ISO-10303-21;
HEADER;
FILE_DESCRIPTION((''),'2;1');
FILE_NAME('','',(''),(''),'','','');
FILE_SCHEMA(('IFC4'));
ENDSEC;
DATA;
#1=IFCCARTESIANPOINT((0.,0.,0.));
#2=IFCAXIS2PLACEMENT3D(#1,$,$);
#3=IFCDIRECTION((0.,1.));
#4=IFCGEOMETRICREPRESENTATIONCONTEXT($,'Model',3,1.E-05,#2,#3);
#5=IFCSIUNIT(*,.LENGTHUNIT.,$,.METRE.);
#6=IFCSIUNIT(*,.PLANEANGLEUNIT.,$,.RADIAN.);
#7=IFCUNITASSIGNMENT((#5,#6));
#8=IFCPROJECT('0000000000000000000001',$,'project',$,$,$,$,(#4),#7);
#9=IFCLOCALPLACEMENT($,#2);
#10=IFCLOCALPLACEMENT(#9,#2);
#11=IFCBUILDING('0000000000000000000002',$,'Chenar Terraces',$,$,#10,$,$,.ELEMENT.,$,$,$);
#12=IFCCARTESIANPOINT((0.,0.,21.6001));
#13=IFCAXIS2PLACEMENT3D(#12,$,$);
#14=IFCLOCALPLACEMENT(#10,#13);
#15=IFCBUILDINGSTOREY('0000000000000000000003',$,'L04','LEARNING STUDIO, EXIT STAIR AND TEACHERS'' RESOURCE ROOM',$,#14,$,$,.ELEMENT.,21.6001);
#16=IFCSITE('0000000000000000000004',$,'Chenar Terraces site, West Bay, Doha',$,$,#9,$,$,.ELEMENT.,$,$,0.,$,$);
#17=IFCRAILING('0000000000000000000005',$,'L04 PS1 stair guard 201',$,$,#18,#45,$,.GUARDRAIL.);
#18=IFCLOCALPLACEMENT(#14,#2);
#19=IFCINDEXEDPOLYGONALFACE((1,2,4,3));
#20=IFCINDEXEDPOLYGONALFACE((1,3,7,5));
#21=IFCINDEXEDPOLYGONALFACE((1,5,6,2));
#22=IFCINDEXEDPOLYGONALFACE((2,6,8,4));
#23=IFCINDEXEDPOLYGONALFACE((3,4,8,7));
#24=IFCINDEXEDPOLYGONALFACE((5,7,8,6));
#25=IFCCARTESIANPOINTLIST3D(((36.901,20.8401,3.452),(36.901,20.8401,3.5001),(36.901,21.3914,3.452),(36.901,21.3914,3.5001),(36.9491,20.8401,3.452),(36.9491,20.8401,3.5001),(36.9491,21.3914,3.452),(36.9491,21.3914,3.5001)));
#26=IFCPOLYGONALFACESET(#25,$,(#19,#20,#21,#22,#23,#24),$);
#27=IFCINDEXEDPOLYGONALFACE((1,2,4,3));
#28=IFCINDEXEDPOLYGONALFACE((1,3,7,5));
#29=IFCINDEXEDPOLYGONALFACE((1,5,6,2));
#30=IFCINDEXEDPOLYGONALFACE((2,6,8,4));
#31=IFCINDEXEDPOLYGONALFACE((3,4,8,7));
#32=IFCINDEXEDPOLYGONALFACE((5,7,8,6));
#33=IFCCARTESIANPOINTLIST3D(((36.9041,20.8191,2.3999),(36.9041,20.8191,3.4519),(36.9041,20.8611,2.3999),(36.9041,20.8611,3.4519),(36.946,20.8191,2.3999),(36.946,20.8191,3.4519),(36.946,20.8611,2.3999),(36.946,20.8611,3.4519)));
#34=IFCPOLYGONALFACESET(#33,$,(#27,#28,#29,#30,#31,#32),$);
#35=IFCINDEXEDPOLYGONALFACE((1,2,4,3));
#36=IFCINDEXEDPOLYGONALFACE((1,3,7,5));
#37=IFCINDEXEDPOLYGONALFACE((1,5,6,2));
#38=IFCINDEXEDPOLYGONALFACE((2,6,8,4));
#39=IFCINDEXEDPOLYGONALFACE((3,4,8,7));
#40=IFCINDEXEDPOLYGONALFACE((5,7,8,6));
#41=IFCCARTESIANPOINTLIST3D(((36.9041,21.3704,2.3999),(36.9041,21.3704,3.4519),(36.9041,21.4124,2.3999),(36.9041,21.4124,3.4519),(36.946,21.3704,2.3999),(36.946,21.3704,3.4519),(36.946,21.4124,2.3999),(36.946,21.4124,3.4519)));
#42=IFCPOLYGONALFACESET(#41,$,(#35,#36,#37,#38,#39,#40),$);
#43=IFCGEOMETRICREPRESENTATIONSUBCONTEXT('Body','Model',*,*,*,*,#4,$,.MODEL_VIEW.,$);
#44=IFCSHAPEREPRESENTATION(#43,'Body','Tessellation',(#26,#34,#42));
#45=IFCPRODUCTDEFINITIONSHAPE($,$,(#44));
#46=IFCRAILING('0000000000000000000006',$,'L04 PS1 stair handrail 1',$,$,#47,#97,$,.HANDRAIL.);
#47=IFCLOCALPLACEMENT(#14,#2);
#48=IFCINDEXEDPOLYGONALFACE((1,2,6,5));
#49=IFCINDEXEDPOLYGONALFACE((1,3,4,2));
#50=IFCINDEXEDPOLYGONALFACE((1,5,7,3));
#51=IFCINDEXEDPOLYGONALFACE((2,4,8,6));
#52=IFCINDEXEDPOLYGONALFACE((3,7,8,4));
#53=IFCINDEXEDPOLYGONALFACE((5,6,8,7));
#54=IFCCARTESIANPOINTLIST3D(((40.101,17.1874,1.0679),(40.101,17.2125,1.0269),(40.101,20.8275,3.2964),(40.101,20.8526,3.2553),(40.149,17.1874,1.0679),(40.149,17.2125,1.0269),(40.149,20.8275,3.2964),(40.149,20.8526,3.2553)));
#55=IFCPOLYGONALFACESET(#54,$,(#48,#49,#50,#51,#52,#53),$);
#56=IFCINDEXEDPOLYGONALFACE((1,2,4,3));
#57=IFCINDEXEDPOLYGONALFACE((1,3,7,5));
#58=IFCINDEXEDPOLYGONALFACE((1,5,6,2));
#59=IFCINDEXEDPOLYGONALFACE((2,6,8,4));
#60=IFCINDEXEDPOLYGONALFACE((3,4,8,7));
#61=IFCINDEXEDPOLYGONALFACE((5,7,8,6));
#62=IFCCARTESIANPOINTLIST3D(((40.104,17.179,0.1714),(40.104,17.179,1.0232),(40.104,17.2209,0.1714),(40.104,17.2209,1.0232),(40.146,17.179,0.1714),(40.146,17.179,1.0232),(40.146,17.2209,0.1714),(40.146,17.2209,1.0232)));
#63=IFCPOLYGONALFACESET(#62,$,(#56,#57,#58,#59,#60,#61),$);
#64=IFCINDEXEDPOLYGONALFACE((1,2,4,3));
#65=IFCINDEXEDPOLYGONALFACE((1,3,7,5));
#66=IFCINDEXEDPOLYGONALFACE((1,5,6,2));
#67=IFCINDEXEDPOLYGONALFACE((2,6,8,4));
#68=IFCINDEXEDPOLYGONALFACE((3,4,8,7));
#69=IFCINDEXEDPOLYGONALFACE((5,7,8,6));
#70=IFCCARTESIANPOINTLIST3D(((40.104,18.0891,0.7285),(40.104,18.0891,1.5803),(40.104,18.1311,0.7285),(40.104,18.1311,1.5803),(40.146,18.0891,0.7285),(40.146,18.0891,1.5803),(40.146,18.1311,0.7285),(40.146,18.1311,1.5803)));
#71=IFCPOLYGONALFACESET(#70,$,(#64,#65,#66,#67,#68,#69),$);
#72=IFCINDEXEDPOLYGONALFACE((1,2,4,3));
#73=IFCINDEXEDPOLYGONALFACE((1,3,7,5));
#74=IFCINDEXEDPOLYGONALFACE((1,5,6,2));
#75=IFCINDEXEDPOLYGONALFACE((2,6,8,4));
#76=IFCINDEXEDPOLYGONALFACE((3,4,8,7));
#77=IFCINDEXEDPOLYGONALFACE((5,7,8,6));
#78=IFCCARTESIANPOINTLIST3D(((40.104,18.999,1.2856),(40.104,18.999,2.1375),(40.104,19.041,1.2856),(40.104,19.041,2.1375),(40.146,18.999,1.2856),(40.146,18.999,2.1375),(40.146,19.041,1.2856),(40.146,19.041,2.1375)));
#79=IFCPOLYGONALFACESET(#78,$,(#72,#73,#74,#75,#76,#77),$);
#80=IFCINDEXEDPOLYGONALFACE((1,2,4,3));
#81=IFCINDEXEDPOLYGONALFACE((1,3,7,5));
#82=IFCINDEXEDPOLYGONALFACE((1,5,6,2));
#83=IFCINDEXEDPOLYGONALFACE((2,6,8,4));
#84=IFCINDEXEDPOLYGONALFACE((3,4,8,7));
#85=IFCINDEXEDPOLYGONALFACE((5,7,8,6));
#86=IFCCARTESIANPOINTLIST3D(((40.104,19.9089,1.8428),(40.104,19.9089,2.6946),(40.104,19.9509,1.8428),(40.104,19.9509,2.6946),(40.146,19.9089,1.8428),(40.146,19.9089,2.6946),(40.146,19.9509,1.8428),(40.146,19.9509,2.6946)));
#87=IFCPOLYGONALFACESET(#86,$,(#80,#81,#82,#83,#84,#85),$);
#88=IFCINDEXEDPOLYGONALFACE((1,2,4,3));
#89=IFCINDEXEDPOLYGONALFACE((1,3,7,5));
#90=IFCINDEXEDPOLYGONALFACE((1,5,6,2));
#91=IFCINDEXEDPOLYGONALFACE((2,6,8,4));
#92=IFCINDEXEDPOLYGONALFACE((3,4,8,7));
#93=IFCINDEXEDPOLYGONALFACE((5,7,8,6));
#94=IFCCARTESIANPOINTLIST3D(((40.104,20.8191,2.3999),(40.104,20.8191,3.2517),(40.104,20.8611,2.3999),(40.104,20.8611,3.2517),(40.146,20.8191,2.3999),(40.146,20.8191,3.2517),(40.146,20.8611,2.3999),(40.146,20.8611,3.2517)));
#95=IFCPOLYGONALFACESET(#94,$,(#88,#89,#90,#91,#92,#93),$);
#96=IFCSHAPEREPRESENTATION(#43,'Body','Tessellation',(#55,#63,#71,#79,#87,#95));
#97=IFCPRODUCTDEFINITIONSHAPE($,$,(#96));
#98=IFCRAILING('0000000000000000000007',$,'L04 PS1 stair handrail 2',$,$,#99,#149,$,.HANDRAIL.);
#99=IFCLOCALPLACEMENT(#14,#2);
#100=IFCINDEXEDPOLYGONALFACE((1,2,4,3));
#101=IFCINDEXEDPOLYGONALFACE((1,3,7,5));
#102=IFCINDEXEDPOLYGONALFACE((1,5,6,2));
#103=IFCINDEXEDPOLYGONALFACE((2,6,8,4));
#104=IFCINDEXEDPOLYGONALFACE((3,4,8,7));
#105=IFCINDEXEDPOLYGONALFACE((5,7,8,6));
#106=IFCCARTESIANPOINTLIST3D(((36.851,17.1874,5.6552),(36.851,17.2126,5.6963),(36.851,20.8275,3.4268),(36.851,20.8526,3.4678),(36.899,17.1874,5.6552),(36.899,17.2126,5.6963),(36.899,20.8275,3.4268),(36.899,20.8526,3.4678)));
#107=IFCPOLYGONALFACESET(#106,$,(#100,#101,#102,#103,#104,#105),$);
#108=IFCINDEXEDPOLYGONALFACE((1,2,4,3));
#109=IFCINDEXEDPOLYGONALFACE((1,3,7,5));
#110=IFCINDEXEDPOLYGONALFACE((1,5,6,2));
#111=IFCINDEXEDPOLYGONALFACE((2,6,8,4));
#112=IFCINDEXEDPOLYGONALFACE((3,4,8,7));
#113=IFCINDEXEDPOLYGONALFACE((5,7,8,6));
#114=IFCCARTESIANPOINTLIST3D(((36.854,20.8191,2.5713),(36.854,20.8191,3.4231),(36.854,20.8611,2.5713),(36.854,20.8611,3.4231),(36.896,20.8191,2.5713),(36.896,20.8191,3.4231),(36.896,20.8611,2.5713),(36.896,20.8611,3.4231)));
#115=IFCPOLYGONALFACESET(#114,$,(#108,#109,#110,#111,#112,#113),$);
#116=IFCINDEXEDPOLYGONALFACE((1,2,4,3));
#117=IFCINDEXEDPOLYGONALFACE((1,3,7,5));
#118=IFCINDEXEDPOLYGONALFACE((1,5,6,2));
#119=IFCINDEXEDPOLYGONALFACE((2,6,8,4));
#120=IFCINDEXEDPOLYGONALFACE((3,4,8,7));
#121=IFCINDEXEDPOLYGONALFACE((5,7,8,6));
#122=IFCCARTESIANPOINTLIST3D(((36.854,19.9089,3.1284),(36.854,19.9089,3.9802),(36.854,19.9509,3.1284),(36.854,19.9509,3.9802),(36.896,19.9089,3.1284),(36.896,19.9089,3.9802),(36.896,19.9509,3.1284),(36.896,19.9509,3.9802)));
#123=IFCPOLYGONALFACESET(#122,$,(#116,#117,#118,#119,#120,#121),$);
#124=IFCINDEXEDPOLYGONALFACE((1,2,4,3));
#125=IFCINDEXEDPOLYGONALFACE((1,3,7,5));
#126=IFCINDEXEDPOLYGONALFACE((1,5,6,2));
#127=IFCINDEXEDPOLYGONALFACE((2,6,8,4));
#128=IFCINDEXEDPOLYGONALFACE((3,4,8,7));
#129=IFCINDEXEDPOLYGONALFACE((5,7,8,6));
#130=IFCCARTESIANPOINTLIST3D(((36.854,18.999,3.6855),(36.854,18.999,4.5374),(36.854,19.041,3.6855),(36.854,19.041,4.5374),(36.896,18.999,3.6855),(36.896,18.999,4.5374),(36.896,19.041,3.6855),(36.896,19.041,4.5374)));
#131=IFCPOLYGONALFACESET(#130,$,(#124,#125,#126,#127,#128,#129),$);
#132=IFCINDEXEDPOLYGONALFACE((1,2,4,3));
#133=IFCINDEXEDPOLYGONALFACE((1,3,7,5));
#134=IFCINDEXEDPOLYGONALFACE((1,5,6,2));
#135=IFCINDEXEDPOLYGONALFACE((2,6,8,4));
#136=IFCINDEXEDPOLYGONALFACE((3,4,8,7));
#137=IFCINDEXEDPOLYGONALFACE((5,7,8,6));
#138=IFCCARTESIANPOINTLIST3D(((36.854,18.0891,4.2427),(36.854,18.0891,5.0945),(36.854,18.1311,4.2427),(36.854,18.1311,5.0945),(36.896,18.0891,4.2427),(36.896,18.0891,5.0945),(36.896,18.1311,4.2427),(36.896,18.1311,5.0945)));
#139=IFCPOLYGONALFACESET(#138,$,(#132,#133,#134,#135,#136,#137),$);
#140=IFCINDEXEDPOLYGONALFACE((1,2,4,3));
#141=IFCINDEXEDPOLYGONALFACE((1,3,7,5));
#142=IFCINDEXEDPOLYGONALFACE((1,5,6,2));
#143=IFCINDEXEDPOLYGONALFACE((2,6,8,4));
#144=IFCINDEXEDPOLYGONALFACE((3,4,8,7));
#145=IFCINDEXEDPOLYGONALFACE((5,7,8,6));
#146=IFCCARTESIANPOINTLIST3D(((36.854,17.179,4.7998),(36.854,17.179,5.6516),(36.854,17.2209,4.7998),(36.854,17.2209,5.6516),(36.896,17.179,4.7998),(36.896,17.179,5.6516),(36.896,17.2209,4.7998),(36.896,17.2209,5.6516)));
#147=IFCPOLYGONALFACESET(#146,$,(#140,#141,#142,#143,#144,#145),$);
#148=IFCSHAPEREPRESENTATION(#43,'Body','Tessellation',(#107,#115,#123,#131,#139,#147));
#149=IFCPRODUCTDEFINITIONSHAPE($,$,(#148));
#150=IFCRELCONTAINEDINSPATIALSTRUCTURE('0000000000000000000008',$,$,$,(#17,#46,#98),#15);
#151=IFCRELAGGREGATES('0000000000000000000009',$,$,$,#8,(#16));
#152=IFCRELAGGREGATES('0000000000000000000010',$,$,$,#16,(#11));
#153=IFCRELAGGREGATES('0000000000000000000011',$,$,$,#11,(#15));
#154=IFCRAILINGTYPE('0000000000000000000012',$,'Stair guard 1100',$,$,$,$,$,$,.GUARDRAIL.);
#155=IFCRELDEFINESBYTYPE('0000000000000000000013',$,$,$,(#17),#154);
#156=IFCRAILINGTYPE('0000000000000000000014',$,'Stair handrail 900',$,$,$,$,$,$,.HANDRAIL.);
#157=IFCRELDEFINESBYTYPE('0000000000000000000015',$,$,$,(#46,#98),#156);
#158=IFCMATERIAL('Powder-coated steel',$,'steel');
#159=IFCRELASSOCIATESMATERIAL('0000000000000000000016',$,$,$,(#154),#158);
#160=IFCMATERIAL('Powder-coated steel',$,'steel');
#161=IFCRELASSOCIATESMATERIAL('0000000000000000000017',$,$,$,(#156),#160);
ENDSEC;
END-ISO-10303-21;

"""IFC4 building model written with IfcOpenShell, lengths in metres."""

from ifc_helpers import new_model, si_unit, direction, frame, origin, origin_2d, place, context, subcontext, project, spatial, rectangle, extrude, material, type_object, element, save


model = new_model("IFC4")

# Units and contexts
model_context = context("Model", 3, precision=1e-05, world=origin(), true_north=direction((0.0, 1.0)))
body_context = subcontext(model_context, "Body", "Model", "MODEL_VIEW")
ifc_project = project(units=[si_unit("LENGTHUNIT", "METRE"), si_unit("PLANEANGLEUNIT", "RADIAN")], contexts=[model_context])

# Site, building, storey
site_placement = place(None, origin())
site = spatial("IfcSite", under=ifc_project, at=site_placement, Name="Chenar Terraces site, West Bay, Doha", CompositionType="ELEMENT", RefElevation=0.0)
building_placement = place(site_placement, origin())
building = spatial("IfcBuilding", under=site, at=building_placement, Name="Chenar Terraces", CompositionType="ELEMENT")
storey_placement = place(building_placement, frame((0.0, 0.0, 21.6001)))
storey = spatial("IfcBuildingStorey", under=building, at=storey_placement, Name="L04", Description="LEARNING STUDIO, EXIT STAIR AND TEACHERS' RESOURCE ROOM", CompositionType="ELEMENT", Elevation=21.6001)

# Railings
ifc_material_1 = material(Name="Powder-coated steel", Category="steel")
railing_type_1 = type_object("IfcRailingType", Name="Stair guard 1100", PredefinedType="GUARDRAIL", material=ifc_material_1)
railing_1_placement = place(storey_placement, frame((36.925, 20.8401, 2.3999)))
element("IfcRailing", 1, at=railing_1_placement, inside=storey, type_object=railing_type_1, Name="L04 PS1 stair guard 201", PredefinedType="GUARDRAIL", context=body_context, shape_type="SweptSolid", body=[
    extrude(rectangle(XDim=0.0481, YDim=0.0481, at=origin_2d()), frame((0.0, 0.0, 1.0762), z_axis=(0.0, 1.0, 0.0), x_axis=(-1.0, 0.0, 0.0)), (0.0, 0.0, 1.0), 0.5513),
    extrude(rectangle(XDim=0.042, YDim=0.042, at=origin_2d()), origin(), (0.0, 0.0, 1.0), 1.052),
    extrude(rectangle(XDim=0.042, YDim=0.042, at=origin_2d()), frame((0.0, 0.5513, 0.0)), (0.0, 0.0, 1.0), 1.052),
])
ifc_material_2 = material(Name="Powder-coated steel", Category="steel")
railing_type_2 = type_object("IfcRailingType", Name="Stair handrail 900", PredefinedType="HANDRAIL", material=ifc_material_2)
railing_2_placement = place(storey_placement, frame((40.125, 17.2, 0.1714)))
element("IfcRailing", 2, at=railing_2_placement, inside=storey, type_object=railing_type_2, Name="L04 PS1 stair handrail 1", PredefinedType="HANDRAIL", context=body_context, shape_type="SweptSolid", body=[
    extrude(rectangle(XDim=0.0481, YDim=0.0481, at=origin_2d()), frame((0.0, 0.0, 0.876), z_axis=(0.0, 0.852866, 0.52213), x_axis=(-1.0, 0.0, 0.0)), (0.0, 0.0, 1.0), 4.2681),
    extrude(rectangle(XDim=0.042, YDim=0.042, at=origin_2d()), origin(), (0.0, 0.0, 1.0), 0.8518),
    extrude(rectangle(XDim=0.042, YDim=0.042, at=origin_2d()), frame((0.0, 0.9102, 0.5571)), (0.0, 0.0, 1.0), 0.8518),
    extrude(rectangle(XDim=0.042, YDim=0.042, at=origin_2d()), frame((0.0, 1.8201, 1.1143)), (0.0, 0.0, 1.0), 0.8518),
    extrude(rectangle(XDim=0.042, YDim=0.042, at=origin_2d()), frame((0.0, 2.73, 1.6714)), (0.0, 0.0, 1.0), 0.8518),
    extrude(rectangle(XDim=0.042, YDim=0.042, at=origin_2d()), frame((0.0, 3.6401, 2.2285)), (0.0, 0.0, 1.0), 0.8518),
])
railing_3_placement = place(storey_placement, frame((36.875, 20.8401, 2.5713)))
element("IfcRailing", 3, at=railing_3_placement, inside=storey, type_object=railing_type_2, Name="L04 PS1 stair handrail 2", PredefinedType="HANDRAIL", context=body_context, shape_type="SweptSolid", body=[
    extrude(rectangle(XDim=0.0481, YDim=0.0481, at=origin_2d()), frame((0.0, 0.0, 0.876), z_axis=(0.0, -0.852866, 0.52213), x_axis=(1.0, 0.0, 0.0)), (0.0, 0.0, 1.0), 4.2681),
    extrude(rectangle(XDim=0.042, YDim=0.042, at=origin_2d()), origin(), (0.0, 0.0, 1.0), 0.8518),
    extrude(rectangle(XDim=0.042, YDim=0.042, at=origin_2d()), frame((0.0, -0.9102, 0.5571)), (0.0, 0.0, 1.0), 0.8518),
    extrude(rectangle(XDim=0.042, YDim=0.042, at=origin_2d()), frame((0.0, -1.8201, 1.1143)), (0.0, 0.0, 1.0), 0.8518),
    extrude(rectangle(XDim=0.042, YDim=0.042, at=origin_2d()), frame((0.0, -2.73, 1.6714)), (0.0, 0.0, 1.0), 0.8518),
    extrude(rectangle(XDim=0.042, YDim=0.042, at=origin_2d()), frame((0.0, -3.6401, 2.2285)), (0.0, 0.0, 1.0), 0.8518),
])

save(model, "model.ifc")
